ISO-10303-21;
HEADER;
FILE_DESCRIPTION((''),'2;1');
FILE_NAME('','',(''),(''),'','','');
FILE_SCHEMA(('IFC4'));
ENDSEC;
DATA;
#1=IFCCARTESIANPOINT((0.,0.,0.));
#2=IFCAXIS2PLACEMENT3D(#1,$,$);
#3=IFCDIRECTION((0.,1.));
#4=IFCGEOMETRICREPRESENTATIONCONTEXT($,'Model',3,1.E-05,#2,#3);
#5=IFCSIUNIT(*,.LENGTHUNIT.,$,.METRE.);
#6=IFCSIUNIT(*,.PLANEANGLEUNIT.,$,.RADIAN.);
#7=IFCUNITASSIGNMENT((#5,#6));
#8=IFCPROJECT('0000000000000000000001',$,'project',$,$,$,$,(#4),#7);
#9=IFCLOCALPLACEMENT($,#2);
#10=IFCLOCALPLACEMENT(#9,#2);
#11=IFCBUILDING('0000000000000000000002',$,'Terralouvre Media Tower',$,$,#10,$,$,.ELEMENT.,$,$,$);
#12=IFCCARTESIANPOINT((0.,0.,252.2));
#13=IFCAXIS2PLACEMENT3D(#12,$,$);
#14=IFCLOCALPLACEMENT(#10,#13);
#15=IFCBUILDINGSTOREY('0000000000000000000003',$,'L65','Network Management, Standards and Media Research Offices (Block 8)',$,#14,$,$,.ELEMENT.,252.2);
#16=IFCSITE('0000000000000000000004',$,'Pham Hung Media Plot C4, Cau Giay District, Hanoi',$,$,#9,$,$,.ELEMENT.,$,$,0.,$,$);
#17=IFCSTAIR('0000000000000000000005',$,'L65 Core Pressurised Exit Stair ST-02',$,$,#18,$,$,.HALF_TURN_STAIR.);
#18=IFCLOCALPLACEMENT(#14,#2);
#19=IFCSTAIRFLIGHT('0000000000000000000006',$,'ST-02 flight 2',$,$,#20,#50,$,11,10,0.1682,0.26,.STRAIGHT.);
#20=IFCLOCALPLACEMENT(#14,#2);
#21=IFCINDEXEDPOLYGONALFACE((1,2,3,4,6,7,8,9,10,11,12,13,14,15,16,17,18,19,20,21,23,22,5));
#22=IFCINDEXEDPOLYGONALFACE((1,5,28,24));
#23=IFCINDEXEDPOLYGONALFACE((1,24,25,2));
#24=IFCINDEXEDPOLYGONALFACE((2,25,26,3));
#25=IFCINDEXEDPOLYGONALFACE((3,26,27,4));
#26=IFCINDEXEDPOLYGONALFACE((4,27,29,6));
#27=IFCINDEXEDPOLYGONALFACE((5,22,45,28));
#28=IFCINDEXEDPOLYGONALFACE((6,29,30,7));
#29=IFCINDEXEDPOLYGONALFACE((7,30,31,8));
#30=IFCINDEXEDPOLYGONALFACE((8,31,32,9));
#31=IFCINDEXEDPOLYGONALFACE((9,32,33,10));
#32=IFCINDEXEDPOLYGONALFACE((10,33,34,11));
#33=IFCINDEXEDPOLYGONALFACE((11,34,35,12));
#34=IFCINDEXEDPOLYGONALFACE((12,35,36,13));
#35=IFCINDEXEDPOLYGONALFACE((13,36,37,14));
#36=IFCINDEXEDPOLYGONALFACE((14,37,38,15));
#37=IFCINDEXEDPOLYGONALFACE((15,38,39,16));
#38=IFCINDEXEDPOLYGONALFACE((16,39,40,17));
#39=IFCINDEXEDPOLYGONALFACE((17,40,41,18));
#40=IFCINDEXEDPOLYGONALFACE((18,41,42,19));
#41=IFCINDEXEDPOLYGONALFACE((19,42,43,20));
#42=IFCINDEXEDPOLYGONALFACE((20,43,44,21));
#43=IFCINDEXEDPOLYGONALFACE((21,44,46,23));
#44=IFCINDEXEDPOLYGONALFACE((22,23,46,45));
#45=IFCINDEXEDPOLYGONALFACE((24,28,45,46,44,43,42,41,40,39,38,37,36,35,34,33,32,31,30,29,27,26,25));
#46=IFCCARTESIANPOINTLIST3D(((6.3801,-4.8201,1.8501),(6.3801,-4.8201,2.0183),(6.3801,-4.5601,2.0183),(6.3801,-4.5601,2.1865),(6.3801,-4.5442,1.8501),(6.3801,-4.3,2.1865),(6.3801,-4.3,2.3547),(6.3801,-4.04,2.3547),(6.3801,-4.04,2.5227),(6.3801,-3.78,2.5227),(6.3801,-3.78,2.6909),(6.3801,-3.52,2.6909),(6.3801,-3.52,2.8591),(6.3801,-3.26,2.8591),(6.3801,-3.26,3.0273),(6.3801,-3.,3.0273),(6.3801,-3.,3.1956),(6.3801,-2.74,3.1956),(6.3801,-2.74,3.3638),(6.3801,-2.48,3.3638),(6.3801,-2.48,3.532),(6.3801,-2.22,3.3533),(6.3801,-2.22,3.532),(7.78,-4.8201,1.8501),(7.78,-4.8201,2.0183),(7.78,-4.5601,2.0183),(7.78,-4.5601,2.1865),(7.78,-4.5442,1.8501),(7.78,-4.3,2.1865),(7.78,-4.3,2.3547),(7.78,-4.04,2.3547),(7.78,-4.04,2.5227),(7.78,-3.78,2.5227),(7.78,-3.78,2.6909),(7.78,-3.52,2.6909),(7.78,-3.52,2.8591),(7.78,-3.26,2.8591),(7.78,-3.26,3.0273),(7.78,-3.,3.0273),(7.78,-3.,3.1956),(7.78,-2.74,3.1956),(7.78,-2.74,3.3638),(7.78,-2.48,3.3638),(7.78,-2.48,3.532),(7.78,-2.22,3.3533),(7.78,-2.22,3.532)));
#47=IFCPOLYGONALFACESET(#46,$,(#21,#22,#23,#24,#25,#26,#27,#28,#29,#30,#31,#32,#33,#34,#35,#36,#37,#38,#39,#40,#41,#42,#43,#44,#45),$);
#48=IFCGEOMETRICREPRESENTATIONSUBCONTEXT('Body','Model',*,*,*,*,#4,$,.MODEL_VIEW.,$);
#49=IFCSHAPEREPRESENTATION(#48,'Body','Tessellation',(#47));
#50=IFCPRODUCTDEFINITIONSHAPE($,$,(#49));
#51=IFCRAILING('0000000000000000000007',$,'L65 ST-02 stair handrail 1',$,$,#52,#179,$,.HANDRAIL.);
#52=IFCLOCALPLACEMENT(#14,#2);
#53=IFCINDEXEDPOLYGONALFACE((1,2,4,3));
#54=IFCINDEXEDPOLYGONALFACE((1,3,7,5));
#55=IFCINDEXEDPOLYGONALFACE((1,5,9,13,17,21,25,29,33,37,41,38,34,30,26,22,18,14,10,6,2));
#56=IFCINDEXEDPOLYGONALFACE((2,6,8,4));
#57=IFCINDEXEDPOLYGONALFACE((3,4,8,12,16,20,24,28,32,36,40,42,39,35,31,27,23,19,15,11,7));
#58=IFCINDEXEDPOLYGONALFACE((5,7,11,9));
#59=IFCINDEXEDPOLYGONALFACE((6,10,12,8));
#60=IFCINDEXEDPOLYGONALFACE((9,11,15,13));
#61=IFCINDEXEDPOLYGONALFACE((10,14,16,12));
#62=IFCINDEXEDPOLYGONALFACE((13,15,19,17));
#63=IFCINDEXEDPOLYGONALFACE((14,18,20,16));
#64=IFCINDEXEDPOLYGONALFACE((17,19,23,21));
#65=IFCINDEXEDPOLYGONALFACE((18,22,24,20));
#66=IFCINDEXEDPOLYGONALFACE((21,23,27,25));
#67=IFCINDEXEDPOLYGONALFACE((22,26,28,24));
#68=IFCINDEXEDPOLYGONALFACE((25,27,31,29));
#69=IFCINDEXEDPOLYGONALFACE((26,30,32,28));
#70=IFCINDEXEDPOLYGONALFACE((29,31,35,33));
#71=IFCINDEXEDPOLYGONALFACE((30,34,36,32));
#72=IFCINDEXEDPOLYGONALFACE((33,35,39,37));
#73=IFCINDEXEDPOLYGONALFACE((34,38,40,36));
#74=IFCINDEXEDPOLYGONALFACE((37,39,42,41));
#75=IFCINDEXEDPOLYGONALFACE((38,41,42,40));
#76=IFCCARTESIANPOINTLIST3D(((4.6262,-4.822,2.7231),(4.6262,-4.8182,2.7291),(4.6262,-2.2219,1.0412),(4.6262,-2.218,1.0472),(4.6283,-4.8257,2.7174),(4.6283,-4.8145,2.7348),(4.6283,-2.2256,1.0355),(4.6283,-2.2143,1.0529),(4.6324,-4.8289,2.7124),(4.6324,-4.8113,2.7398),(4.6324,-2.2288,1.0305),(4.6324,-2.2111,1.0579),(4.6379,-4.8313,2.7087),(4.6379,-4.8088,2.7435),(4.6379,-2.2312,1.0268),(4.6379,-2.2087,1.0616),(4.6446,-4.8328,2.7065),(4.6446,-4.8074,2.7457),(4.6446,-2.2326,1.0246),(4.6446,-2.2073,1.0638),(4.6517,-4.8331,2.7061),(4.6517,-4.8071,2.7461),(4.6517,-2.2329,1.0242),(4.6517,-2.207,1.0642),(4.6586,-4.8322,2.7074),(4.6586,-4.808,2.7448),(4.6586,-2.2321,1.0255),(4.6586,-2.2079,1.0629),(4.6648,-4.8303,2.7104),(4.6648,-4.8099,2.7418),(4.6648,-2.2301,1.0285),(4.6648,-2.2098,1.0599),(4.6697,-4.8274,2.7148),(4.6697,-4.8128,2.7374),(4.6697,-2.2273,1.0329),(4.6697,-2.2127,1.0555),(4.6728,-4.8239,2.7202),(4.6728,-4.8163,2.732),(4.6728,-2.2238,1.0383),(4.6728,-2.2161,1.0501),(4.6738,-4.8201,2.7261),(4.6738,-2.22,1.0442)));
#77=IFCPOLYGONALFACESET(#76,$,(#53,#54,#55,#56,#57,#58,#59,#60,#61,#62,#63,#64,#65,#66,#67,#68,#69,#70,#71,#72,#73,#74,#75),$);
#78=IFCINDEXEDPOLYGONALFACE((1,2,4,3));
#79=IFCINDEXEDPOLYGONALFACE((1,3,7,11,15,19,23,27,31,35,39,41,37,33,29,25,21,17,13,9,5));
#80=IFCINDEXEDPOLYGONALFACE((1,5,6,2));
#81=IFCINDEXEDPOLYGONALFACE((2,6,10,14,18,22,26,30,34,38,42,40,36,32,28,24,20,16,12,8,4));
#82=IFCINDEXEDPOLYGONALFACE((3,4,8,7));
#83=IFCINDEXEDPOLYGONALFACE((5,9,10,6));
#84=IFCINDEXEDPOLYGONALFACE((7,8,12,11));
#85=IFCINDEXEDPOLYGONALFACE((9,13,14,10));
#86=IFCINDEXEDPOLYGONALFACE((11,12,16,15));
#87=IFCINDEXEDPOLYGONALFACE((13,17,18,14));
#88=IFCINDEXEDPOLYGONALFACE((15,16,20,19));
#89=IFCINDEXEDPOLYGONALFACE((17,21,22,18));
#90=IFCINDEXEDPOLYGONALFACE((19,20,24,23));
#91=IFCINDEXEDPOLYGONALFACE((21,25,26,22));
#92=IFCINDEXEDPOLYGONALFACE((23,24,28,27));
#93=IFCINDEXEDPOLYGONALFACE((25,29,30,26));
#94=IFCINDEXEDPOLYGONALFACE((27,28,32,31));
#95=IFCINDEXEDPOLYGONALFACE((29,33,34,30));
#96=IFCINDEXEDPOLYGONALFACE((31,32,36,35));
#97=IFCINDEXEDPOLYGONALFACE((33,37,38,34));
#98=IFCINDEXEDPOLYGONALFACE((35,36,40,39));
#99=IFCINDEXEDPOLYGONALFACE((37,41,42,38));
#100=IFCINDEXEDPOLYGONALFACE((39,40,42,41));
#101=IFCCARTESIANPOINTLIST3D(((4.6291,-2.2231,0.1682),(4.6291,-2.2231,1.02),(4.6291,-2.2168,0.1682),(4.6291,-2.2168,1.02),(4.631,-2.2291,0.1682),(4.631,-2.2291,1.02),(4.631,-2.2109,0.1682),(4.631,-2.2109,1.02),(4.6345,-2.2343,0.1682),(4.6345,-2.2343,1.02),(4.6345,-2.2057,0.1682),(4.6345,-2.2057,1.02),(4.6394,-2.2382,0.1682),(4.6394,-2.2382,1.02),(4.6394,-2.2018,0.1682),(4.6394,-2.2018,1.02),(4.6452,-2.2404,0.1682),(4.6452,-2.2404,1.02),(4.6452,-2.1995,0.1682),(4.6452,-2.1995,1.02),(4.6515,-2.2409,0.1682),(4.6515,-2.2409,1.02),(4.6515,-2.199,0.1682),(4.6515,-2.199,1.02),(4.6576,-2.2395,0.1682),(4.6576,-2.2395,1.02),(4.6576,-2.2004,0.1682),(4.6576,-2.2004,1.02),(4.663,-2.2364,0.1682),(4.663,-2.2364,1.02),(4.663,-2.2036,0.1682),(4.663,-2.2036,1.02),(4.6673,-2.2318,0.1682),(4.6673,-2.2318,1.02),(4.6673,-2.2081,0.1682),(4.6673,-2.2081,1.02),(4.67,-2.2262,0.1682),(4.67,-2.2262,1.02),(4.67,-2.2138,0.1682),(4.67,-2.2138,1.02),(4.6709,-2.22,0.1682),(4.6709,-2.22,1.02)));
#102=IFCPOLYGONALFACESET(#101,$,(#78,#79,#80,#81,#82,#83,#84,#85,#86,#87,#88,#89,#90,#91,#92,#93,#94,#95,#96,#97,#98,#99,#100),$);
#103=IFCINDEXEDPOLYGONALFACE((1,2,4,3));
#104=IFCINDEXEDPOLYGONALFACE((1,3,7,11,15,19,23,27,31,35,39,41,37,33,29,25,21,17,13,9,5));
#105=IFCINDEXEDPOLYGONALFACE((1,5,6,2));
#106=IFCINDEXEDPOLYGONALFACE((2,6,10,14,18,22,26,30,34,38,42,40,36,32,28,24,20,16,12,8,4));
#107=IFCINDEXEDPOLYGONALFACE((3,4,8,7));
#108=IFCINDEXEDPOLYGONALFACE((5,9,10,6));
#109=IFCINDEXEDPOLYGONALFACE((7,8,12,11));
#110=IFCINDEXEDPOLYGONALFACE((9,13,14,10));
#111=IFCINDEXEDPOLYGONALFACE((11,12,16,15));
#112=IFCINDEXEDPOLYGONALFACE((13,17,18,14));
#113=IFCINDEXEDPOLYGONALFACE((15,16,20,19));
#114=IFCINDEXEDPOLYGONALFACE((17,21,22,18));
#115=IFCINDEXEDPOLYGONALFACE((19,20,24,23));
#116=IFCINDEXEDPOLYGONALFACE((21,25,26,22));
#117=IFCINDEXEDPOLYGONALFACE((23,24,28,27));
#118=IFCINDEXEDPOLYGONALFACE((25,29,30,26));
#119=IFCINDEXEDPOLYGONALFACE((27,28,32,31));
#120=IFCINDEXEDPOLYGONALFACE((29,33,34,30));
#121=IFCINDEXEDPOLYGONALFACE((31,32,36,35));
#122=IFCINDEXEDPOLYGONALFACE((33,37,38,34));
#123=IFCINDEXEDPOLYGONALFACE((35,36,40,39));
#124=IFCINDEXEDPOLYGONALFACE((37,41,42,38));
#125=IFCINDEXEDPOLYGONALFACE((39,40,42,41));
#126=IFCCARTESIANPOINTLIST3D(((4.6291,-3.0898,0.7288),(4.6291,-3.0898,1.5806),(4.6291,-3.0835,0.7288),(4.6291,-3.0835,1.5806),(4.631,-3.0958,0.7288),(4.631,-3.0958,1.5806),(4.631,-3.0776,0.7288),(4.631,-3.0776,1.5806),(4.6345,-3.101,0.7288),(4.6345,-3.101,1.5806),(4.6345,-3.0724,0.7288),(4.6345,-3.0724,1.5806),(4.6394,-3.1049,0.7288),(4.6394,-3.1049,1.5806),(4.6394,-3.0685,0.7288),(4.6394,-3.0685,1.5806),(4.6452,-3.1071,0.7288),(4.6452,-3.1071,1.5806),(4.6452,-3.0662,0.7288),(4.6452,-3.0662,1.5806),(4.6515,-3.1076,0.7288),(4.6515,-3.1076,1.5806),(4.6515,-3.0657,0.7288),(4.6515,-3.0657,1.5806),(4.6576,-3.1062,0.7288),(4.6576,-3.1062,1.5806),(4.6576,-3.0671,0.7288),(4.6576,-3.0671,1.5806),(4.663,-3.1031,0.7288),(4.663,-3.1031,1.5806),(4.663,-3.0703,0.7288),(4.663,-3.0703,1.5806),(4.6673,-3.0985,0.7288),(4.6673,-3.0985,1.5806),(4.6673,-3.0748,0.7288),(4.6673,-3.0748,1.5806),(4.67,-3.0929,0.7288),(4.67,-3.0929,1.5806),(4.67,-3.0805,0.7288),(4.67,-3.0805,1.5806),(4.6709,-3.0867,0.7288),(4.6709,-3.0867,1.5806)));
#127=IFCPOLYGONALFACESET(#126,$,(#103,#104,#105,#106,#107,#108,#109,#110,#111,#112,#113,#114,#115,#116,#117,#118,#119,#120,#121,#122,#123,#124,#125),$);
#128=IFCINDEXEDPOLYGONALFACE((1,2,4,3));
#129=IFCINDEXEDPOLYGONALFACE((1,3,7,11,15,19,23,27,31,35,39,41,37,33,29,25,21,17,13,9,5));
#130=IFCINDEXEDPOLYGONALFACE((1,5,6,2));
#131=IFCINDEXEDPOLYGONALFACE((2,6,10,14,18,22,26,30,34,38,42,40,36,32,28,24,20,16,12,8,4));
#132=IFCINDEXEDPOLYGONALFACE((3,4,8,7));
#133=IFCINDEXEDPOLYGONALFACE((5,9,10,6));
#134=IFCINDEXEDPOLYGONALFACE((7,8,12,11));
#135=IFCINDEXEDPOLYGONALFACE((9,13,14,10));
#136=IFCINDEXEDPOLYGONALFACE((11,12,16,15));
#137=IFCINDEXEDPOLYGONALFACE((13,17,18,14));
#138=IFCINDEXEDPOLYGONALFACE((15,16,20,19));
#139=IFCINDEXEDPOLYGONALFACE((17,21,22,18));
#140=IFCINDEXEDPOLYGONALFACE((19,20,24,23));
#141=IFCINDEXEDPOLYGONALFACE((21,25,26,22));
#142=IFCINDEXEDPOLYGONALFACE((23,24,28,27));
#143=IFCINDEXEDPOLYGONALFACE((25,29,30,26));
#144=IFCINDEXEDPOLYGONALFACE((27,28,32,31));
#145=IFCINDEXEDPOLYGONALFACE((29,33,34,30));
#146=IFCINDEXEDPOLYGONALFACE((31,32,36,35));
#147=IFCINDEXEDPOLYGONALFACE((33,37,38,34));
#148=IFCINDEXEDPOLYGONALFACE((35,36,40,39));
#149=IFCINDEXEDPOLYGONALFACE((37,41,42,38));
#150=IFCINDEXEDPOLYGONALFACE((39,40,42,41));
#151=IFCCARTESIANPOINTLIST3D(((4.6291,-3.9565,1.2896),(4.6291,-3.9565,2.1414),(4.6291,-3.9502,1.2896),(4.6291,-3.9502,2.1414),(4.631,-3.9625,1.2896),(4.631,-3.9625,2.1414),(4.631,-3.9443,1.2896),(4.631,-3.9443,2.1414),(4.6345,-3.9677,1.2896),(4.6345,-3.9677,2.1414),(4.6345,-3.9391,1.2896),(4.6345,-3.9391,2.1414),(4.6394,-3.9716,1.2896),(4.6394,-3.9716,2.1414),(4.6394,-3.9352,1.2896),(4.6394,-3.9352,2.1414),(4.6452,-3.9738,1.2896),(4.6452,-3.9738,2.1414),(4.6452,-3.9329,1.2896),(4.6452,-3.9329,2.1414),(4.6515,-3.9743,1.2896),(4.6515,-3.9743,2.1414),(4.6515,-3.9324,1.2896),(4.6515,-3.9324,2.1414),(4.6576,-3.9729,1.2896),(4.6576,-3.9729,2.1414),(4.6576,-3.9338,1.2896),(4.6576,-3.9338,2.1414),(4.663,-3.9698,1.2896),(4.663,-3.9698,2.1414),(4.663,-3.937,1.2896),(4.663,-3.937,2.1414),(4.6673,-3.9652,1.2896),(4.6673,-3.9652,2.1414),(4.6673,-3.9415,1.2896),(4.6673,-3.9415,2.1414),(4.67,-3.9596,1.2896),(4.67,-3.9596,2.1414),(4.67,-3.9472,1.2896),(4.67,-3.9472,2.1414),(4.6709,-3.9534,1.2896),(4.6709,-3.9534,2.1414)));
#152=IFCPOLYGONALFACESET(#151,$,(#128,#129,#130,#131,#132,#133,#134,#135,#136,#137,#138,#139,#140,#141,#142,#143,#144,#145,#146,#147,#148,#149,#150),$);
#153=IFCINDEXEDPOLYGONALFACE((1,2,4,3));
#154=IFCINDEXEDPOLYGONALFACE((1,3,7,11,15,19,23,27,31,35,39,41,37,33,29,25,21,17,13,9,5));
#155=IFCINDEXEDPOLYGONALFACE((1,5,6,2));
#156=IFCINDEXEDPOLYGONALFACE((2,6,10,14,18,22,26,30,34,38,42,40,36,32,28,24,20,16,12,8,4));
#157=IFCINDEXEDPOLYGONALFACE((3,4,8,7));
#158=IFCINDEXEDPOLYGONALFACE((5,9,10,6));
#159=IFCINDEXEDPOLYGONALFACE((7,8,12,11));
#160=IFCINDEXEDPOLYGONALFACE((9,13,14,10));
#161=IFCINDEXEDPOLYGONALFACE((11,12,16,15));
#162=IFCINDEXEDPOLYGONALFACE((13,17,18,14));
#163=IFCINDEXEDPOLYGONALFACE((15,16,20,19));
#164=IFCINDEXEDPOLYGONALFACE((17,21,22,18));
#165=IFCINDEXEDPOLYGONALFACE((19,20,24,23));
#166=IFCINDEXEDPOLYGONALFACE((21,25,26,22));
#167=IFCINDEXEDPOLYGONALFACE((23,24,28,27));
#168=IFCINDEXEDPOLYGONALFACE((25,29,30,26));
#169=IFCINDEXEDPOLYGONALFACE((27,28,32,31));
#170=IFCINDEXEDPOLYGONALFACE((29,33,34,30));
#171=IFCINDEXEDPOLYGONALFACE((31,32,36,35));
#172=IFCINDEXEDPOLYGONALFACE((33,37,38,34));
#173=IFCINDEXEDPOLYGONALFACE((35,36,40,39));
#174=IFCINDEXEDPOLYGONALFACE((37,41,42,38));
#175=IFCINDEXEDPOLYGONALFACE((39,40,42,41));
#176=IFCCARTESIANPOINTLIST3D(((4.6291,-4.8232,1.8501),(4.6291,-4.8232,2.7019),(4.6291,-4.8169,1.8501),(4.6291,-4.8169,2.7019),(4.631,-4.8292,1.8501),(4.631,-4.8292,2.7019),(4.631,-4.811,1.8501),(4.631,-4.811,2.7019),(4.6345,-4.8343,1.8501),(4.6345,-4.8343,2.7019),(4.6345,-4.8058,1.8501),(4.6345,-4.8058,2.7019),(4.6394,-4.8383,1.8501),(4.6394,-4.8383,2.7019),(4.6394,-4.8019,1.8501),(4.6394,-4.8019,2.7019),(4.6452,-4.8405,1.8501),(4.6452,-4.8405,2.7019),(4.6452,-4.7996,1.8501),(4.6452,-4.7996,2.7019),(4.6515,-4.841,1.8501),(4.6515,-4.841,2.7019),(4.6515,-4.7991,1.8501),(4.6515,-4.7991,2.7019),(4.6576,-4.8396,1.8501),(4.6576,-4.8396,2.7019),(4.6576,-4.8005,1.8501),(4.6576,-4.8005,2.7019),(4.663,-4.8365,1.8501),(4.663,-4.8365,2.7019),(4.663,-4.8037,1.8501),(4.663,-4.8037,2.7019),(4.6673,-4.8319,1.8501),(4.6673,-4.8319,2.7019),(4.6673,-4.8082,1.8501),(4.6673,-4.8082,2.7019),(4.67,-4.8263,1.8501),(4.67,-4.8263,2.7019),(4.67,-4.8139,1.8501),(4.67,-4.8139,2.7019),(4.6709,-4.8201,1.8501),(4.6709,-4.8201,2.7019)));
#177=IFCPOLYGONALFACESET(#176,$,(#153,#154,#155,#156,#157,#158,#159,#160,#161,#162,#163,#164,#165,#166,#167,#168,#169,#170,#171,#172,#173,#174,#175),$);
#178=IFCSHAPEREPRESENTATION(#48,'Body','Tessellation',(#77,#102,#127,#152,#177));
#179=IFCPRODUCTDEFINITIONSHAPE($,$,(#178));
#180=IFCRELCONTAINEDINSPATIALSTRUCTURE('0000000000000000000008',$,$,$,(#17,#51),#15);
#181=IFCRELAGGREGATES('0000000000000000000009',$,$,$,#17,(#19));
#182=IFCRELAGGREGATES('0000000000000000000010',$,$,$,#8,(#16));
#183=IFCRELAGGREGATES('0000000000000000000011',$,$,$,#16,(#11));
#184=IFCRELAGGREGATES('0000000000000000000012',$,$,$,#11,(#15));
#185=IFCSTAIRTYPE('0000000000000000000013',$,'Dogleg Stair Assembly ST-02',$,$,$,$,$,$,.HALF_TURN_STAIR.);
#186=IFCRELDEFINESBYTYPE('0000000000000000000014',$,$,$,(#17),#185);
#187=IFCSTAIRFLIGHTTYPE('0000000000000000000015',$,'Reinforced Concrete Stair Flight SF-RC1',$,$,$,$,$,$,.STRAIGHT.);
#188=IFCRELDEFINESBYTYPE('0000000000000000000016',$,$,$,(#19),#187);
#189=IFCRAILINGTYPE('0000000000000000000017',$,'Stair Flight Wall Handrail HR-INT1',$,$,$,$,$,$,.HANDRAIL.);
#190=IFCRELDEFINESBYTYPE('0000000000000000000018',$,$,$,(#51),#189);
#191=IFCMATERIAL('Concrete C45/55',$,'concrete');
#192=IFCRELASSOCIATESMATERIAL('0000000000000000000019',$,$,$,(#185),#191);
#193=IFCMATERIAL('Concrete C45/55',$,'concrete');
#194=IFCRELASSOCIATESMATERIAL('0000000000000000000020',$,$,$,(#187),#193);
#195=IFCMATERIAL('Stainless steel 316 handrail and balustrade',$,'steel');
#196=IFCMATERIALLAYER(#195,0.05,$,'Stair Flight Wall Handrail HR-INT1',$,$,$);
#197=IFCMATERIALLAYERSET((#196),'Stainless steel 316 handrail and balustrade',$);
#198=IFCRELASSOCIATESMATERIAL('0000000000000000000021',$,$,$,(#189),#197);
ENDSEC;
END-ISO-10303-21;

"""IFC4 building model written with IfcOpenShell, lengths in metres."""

from ifc_helpers import new_model, si_unit, direction, frame, origin, origin_2d, place, context, subcontext, project, spatial, polyline, circle, outline, extrude, material, layer, layer_set, type_object, element, aggregate, save


model = new_model("IFC4")

# Units and contexts
model_context = context("Model", 3, precision=1e-05, world=origin(), true_north=direction((0.0, 1.0)))
body_context = subcontext(model_context, "Body", "Model", "MODEL_VIEW")
ifc_project = project(units=[si_unit("LENGTHUNIT", "METRE"), si_unit("PLANEANGLEUNIT", "RADIAN")], contexts=[model_context])

# Site, building, storey
site_placement = place(None, origin())
site = spatial("IfcSite", under=ifc_project, at=site_placement, Name="Pham Hung Media Plot C4, Cau Giay District, Hanoi", CompositionType="ELEMENT", RefElevation=0.0)
building_placement = place(site_placement, origin())
building = spatial("IfcBuilding", under=site, at=building_placement, Name="Terralouvre Media Tower", CompositionType="ELEMENT")
storey_placement = place(building_placement, frame((0.0, 0.0, 252.2)))
storey = spatial("IfcBuildingStorey", under=building, at=storey_placement, Name="L65", Description="Network Management, Standards and Media Research Offices (Block 8)", CompositionType="ELEMENT", Elevation=252.2)

# Stair, stair flight
ifc_material_1 = material(Name="Concrete C45/55", Category="concrete")
stair_type_1 = type_object("IfcStairType", Name="Dogleg Stair Assembly ST-02", PredefinedType="HALF_TURN_STAIR", material=ifc_material_1)
stair_1_placement = place(storey_placement, origin())
stair_1 = element("IfcStair", 1, at=stair_1_placement, inside=storey, type_object=stair_type_1, Name="L65 Core Pressurised Exit Stair ST-02", PredefinedType="HALF_TURN_STAIR")
ifc_material_2 = material(Name="Concrete C45/55", Category="concrete")
stair_flight_type = type_object("IfcStairFlightType", Name="Reinforced Concrete Stair Flight SF-RC1", PredefinedType="STRAIGHT", material=ifc_material_2)
stair_flight_1_placement = place(storey_placement, frame((7.0801, -4.8201, 1.8501), z_axis=(0.0, 0.0, 1.0), x_axis=(0.0, 1.0, 0.0)))
stair_flight_1 = element("IfcStairFlight", 2, at=stair_flight_1_placement, type_object=stair_flight_type, Name="ST-02 flight 2", NumberOfRisers=11, NumberOfTreads=10, PredefinedType="STRAIGHT", RiserHeight=0.1682, TreadLength=0.26, context=body_context, shape_type="SweptSolid", body=[
    extrude(outline(polyline([(0.0, 0.0), (0.0, 0.1682), (0.26, 0.1682), (0.26, 0.3364), (0.52, 0.3364), (0.52, 0.5046), (0.78, 0.5046), (0.78, 0.6726), (1.04, 0.6726), (1.04, 0.8408), (1.3, 0.8408), (1.3, 1.009), (1.5601, 1.009), (1.5601, 1.1772), (1.8201, 1.1772), (1.8201, 1.3455), (2.0801, 1.3455), (2.0801, 1.5137), (2.3401, 1.5137), (2.3401, 1.6819), (2.6001, 1.6819), (2.6001, 1.8501), (2.6001, 1.5032), (0.2759, 0.0), (0.0, 0.0)])), frame((0.0, 0.7, 0.0), z_axis=(0.0, -1.0, 0.0), x_axis=(1.0, 0.0, 0.0)), (0.0, 0.0, 1.0), 1.3999),
])
aggregate(stair_1, [stair_flight_1])

# Railing
ifc_material_3 = material(Name="Stainless steel 316 handrail and balustrade", Category="steel")
ifc_layer_1 = layer(ifc_material_3, 0.05, Name="Stair Flight Wall Handrail HR-INT1")
ifc_layer_set_1 = layer_set([ifc_layer_1], Name="Stainless steel 316 handrail and balustrade")
railing_type_1 = type_object("IfcRailingType", Name="Stair Flight Wall Handrail HR-INT1", PredefinedType="HANDRAIL", material=ifc_layer_set_1)
railing_1_placement = place(storey_placement, frame((4.6499, -2.22, 0.1682)))
element("IfcRailing", 3, at=railing_1_placement, inside=storey, type_object=railing_type_1, Name="L65 ST-02 stair handrail 1", PredefinedType="HANDRAIL", context=body_context, shape_type="SweptSolid", body=[
    extrude(circle(Radius=0.0239, at=origin_2d()), frame((0.0, 0.0, 0.876), z_axis=(0.0, -0.839648, 0.54313), x_axis=(1.0, 0.0, 0.0)), (0.0, 0.0, 1.0), 3.0967),
    extrude(circle(Radius=0.021, at=origin_2d()), origin(), (0.0, 0.0, 1.0), 0.8518),
    extrude(circle(Radius=0.021, at=origin_2d()), frame((0.0, -0.8667, 0.5605)), (0.0, 0.0, 1.0), 0.8518),
    extrude(circle(Radius=0.021, at=origin_2d()), frame((0.0, -1.7334, 1.1213)), (0.0, 0.0, 1.0), 0.8518),
    extrude(circle(Radius=0.021, at=origin_2d()), frame((0.0, -2.6001, 1.6819)), (0.0, 0.0, 1.0), 0.8518),
])

save(model, "model.ifc")
